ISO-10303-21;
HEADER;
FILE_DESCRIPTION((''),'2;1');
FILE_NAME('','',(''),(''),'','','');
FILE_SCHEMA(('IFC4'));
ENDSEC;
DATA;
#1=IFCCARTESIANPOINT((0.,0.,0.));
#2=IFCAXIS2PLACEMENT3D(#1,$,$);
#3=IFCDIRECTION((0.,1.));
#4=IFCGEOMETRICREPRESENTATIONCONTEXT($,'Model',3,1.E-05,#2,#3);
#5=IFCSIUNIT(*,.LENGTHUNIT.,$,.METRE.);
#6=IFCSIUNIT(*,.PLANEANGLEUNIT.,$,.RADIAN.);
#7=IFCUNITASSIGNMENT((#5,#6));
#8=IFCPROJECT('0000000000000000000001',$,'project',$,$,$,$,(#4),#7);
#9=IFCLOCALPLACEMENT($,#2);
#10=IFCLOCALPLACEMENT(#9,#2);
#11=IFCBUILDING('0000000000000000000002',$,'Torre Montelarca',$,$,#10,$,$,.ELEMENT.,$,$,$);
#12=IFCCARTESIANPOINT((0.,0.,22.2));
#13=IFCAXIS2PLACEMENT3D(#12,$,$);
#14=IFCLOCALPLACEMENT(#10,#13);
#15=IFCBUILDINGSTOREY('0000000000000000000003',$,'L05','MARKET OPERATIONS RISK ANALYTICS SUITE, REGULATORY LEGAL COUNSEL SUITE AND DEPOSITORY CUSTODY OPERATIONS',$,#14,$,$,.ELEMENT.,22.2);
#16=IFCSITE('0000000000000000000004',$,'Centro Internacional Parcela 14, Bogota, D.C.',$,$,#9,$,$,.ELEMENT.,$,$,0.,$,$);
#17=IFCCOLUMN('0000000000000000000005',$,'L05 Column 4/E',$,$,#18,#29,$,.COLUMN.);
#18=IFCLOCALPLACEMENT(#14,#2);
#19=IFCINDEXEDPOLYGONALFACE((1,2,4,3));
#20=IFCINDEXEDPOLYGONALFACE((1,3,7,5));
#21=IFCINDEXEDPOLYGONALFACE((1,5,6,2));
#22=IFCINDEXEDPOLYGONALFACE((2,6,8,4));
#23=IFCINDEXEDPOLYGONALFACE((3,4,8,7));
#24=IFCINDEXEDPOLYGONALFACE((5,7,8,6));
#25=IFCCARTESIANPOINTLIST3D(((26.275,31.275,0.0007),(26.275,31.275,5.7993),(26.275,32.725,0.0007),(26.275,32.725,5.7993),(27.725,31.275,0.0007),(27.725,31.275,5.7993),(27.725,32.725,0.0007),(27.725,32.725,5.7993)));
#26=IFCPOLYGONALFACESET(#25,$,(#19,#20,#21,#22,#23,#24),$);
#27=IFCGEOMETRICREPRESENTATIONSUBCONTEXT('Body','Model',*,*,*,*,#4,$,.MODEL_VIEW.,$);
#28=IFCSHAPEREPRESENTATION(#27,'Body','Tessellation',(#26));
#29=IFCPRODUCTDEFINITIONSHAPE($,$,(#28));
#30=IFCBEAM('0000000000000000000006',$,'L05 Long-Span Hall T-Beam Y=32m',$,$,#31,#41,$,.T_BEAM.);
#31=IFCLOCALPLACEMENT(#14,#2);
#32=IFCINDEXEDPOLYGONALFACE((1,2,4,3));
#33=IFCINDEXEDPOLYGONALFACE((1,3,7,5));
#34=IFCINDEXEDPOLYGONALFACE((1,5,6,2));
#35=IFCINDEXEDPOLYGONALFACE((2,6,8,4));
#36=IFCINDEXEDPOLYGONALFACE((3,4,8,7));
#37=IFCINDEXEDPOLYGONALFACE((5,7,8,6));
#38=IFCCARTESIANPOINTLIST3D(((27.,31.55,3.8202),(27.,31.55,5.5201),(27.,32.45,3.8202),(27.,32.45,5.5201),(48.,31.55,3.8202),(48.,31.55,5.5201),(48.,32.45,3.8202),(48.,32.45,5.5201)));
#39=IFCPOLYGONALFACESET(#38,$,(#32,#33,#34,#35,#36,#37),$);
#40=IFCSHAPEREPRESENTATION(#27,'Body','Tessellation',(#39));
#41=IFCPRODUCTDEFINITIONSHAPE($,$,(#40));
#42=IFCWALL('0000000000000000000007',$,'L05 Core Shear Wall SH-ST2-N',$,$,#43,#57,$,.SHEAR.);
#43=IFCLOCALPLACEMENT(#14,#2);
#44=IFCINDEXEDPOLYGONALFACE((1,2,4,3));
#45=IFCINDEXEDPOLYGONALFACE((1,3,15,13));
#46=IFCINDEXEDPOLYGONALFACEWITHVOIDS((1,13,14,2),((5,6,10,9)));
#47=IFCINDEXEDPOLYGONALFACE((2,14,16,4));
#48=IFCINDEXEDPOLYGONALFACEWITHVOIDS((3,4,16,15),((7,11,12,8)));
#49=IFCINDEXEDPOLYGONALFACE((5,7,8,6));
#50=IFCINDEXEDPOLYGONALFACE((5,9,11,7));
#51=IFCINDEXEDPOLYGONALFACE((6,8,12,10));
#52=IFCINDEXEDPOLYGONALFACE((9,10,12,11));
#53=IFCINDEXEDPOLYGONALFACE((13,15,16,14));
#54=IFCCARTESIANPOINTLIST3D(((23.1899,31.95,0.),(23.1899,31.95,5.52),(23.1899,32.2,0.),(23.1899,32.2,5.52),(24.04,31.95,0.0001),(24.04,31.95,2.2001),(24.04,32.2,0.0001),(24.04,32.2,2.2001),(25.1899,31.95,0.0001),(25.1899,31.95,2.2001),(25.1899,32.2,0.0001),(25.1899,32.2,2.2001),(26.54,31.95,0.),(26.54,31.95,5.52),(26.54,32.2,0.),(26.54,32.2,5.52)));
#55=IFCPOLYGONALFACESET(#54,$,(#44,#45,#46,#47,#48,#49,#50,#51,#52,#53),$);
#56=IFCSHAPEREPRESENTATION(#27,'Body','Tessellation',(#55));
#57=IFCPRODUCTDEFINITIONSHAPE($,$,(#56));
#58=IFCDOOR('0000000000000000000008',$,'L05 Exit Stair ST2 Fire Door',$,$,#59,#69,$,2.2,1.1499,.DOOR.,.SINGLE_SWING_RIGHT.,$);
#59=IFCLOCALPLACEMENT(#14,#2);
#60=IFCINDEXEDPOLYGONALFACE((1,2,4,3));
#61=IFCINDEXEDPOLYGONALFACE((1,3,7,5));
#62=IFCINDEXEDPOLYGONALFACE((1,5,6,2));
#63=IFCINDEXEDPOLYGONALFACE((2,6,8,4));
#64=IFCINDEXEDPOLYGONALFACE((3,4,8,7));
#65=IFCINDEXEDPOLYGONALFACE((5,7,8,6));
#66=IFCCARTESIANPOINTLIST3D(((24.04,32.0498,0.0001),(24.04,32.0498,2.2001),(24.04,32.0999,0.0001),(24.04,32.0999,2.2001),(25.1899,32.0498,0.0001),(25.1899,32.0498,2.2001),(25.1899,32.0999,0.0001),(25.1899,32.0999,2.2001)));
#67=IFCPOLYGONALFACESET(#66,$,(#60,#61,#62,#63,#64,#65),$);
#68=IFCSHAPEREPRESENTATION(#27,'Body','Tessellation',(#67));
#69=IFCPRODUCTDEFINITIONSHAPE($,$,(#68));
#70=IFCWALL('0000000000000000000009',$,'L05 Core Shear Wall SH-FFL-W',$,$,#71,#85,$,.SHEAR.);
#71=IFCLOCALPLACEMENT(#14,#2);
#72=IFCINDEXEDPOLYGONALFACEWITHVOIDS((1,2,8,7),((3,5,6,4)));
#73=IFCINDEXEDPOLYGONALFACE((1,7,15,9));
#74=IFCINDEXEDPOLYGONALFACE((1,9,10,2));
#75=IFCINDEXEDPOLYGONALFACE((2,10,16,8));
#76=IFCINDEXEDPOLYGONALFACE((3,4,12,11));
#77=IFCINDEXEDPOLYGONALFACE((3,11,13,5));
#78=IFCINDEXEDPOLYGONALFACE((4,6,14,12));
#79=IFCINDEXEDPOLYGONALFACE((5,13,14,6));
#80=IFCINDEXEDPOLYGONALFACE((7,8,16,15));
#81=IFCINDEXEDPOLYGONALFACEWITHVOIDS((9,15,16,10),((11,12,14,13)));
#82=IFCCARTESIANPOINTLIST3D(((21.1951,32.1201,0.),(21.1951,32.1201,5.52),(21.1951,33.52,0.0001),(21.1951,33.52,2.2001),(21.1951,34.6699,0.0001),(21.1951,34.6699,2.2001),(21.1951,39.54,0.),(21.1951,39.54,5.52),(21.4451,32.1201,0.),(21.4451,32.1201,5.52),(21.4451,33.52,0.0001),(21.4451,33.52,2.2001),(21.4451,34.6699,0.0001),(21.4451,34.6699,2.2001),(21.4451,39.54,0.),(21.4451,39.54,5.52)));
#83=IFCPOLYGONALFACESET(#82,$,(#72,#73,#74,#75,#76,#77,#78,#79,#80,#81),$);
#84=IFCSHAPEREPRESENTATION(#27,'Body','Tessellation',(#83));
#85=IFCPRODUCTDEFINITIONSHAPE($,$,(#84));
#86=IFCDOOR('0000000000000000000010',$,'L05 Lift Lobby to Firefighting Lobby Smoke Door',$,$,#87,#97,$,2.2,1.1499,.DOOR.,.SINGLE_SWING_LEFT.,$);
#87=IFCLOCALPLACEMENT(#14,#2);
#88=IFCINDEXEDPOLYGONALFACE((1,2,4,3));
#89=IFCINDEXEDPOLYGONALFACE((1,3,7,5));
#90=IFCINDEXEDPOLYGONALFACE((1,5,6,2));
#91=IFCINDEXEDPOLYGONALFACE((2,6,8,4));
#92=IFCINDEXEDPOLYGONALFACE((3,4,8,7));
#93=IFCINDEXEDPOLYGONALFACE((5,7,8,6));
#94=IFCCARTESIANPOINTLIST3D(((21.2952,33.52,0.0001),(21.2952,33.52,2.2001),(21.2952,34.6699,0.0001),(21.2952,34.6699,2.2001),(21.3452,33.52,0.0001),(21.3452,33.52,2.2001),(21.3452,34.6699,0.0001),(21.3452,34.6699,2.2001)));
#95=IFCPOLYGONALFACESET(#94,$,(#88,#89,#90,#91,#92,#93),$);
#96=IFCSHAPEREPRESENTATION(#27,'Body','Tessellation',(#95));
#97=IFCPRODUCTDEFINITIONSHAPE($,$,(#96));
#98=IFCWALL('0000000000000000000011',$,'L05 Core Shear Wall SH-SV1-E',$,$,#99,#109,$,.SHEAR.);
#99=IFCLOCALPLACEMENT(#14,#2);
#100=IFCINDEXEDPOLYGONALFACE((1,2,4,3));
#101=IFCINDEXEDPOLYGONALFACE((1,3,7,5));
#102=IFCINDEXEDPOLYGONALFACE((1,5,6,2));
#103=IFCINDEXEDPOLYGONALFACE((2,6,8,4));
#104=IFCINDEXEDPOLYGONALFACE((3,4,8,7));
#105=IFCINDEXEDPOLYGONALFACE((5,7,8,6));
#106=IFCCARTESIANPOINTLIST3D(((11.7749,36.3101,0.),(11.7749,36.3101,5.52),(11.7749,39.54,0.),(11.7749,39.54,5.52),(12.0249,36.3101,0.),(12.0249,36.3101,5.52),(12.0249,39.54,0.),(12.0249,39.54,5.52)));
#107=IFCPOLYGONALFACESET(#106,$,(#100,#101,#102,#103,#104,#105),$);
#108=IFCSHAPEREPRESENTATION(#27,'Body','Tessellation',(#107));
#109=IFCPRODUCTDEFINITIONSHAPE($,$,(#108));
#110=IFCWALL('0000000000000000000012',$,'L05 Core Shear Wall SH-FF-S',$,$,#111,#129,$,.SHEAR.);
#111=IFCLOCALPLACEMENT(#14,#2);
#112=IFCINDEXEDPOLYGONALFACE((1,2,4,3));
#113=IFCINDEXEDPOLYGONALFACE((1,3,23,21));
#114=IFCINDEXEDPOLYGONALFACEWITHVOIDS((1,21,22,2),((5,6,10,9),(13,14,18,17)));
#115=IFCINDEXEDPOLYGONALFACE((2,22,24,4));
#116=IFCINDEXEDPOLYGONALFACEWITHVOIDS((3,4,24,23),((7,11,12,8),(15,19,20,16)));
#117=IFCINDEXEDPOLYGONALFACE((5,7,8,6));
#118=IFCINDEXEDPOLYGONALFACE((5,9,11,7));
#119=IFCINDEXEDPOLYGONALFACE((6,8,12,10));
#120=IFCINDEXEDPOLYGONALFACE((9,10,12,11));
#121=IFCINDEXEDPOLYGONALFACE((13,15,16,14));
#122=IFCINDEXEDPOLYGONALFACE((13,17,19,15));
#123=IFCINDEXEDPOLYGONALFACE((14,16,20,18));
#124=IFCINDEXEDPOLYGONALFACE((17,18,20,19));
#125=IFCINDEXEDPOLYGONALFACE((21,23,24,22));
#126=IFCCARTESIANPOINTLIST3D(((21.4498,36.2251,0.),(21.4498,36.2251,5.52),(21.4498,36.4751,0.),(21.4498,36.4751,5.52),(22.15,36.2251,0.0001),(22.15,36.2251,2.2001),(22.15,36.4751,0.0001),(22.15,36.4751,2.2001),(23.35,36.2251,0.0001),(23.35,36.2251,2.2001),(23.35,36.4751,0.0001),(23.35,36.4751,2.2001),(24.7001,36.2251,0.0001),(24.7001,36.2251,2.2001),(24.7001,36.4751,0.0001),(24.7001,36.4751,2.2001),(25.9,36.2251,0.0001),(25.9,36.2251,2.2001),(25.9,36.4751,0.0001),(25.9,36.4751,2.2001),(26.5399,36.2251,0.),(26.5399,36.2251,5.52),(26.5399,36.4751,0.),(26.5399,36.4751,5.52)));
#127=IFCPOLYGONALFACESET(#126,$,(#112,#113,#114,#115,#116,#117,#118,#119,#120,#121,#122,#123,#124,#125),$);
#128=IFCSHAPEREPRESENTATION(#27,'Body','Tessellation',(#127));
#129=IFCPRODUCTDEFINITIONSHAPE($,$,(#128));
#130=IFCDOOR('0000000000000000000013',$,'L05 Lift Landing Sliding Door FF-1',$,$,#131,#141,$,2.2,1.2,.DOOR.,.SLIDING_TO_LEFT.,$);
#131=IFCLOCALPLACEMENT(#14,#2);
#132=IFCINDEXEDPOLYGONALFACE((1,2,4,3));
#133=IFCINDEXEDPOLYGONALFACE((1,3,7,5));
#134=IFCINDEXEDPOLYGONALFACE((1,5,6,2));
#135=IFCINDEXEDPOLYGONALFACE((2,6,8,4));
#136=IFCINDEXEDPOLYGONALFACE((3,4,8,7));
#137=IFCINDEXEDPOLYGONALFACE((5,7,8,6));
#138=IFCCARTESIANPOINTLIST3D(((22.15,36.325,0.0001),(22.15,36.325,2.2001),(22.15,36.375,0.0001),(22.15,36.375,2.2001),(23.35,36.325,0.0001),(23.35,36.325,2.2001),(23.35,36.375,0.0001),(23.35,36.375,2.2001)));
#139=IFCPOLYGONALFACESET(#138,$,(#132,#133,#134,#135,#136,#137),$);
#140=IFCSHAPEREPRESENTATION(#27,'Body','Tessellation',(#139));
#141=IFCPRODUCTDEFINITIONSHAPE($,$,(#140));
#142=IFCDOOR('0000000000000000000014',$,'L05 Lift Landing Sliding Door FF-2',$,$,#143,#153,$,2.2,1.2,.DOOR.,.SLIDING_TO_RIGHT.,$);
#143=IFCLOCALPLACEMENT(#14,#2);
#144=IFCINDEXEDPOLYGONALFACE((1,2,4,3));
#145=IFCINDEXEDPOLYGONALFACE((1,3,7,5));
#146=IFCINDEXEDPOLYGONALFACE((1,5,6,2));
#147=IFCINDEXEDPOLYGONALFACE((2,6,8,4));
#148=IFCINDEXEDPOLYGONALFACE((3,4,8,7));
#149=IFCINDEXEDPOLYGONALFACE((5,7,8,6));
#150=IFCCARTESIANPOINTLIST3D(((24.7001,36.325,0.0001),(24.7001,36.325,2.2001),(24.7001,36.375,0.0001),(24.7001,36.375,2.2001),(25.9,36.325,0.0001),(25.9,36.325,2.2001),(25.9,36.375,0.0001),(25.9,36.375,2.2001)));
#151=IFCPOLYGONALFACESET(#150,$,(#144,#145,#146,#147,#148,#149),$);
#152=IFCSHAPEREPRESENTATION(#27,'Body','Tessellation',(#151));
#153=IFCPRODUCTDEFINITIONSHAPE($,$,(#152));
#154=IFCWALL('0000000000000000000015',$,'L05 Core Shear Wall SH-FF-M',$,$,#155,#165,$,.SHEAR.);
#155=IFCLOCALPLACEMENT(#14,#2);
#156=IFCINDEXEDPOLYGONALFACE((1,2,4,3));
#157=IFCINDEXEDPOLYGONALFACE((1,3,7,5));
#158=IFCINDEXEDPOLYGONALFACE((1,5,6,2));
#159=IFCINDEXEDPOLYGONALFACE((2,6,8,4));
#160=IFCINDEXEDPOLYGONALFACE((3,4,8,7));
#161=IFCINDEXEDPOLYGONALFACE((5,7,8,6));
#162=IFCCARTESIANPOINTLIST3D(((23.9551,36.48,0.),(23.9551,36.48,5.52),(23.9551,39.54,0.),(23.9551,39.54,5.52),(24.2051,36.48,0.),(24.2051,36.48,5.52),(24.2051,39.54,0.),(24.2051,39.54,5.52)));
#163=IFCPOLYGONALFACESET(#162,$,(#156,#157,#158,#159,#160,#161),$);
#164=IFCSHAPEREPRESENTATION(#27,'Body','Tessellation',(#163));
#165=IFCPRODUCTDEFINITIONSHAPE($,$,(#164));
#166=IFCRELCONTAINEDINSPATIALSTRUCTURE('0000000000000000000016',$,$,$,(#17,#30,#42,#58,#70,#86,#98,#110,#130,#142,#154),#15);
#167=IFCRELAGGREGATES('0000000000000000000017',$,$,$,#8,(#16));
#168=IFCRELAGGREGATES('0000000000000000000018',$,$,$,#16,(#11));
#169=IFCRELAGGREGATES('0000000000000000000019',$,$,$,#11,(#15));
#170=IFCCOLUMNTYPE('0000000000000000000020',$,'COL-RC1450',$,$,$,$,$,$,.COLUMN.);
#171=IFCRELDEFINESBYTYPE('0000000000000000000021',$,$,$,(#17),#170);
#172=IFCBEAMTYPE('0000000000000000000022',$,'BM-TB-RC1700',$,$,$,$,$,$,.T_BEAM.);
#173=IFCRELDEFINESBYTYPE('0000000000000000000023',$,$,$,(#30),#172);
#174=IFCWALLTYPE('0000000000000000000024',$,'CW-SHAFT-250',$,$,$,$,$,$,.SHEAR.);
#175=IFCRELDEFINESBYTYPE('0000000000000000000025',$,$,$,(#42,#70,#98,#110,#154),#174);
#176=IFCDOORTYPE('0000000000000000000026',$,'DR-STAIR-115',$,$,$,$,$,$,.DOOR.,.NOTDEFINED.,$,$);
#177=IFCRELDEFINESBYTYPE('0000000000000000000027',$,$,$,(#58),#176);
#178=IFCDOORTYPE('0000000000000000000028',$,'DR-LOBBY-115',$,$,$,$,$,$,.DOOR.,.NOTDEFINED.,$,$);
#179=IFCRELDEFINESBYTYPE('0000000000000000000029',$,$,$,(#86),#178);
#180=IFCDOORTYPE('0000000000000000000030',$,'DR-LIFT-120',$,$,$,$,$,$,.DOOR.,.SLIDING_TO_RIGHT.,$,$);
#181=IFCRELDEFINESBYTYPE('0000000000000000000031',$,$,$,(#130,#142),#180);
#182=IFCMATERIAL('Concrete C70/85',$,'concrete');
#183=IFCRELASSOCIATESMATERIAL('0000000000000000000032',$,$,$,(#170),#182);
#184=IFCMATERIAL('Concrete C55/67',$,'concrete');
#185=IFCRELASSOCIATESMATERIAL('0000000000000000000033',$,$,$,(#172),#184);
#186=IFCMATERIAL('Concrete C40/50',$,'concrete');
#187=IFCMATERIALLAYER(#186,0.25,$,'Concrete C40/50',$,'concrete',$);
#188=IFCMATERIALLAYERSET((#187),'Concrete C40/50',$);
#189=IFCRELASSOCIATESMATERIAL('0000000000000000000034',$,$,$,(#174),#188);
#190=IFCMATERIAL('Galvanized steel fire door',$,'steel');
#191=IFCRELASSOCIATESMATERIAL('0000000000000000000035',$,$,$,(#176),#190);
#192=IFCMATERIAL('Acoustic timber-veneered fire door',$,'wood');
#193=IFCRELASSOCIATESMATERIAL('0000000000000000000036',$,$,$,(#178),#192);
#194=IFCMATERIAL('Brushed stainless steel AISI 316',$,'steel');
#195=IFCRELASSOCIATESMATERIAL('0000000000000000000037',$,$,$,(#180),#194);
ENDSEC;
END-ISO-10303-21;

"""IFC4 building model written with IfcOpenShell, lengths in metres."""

from ifc_helpers import new_model, si_unit, direction, frame, frame_2d, origin, origin_2d, place, context, subcontext, project, spatial, rectangle, extrude, source, transform, mapped, material, layer, layer_set, material_profile, profile_set, type_object, element, fill, save


model = new_model("IFC4")

# Units and contexts
model_context = context("Model", 3, precision=1e-05, world=origin(), true_north=direction((0.0, 1.0)))
body_context = subcontext(model_context, "Body", "Model", "MODEL_VIEW")
ifc_project = project(units=[si_unit("LENGTHUNIT", "METRE"), si_unit("PLANEANGLEUNIT", "RADIAN")], contexts=[model_context])

# Site, building, storey
site_placement = place(None, origin())
site = spatial("IfcSite", under=ifc_project, at=site_placement, Name="Centro Internacional Parcela 14, Bogota, D.C.", CompositionType="ELEMENT", RefElevation=0.0)
building_placement = place(site_placement, origin())
building = spatial("IfcBuilding", under=site, at=building_placement, Name="Torre Montelarca", CompositionType="ELEMENT")
storey_placement = place(building_placement, frame((0.0, 0.0, 22.2)))
storey = spatial("IfcBuildingStorey", under=building, at=storey_placement, Name="L05", Description="MARKET OPERATIONS RISK ANALYTICS SUITE, REGULATORY LEGAL COUNSEL SUITE AND DEPOSITORY CUSTODY OPERATIONS", CompositionType="ELEMENT", Elevation=22.2)

# Column
ifc_material_1 = material(Name="Concrete C70/85", Category="concrete")
ifc_material_profile_1 = material_profile(ifc_material_1, rectangle(XDim=1.45, YDim=1.45, at=origin_2d()), Name="RC1450X1450", Category="concrete")
ifc_profile_set_1 = profile_set([ifc_material_profile_1], Name="Concrete C70/85")
column_type = type_object("IfcColumnType", Name="COL-RC1450", PredefinedType="COLUMN", material=ifc_profile_set_1)
shared_shape_1 = source(origin(), body_context, "Body", "SweptSolid", [
    extrude(rectangle(XDim=1.45, YDim=1.45, at=origin_2d()), origin(), (0.0, 0.0, 1.0), 5.7986),
])
column_placement = place(storey_placement, frame((27.0, 32.0, 0.0007), z_axis=(0.0, 0.0, 1.0), x_axis=(1.0, 0.0, 0.0)))
element("IfcColumn", 1, at=column_placement, inside=storey, type_object=column_type, Name="L05 Column 4/E", PredefinedType="COLUMN", context=body_context, shape_type="MappedRepresentation", body=[
    mapped(shared_shape_1, transform((0.0, 0.0, 0.0), scale=1.0)),
])

# Beam
ifc_material_2 = material(Name="Concrete C55/67", Category="concrete")
ifc_material_profile_2 = material_profile(ifc_material_2, rectangle(XDim=0.8999, YDim=1.7, at=origin_2d()), Name="RCB900X1700", Category="concrete")
ifc_profile_set_2 = profile_set([ifc_material_profile_2], Name="Concrete C55/67")
beam_type = type_object("IfcBeamType", Name="BM-TB-RC1700", PredefinedType="T_BEAM", material=ifc_profile_set_2)
shared_shape_2 = source(origin(), body_context, "Body", "SweptSolid", [
    extrude(rectangle(XDim=0.8999, YDim=1.7, at=origin_2d()), origin(), (0.0, 0.0, 1.0), 21.0),
])
beam_placement = place(storey_placement, frame((27.0, 32.0, 4.6702), z_axis=(1.0, 0.0, 0.0), x_axis=(0.0, 1.0, 0.0)))
element("IfcBeam", 2, at=beam_placement, inside=storey, type_object=beam_type, Name="L05 Long-Span Hall T-Beam Y=32m", PredefinedType="T_BEAM", context=body_context, shape_type="MappedRepresentation", body=[
    mapped(shared_shape_2, transform((0.0, 0.0, 0.0), scale=1.0)),
])

# Walls, openings, doors
ifc_material_3 = material(Name="Concrete C40/50", Category="concrete")
ifc_layer_1 = layer(ifc_material_3, 0.25, Name="Concrete C40/50", Category="concrete")
ifc_layer_set_1 = layer_set([ifc_layer_1], Name="Concrete C40/50")
wall_type_1 = type_object("IfcWallType", Name="CW-SHAFT-250", PredefinedType="SHEAR", material=ifc_layer_set_1)
wall_1_placement = place(storey_placement, frame((23.1899, 32.075, 0.0), z_axis=(0.0, 0.0, 1.0), x_axis=(1.0, 0.0, 0.0)))
wall_1 = element("IfcWall", 3, at=wall_1_placement, inside=storey, type_object=wall_type_1, Name="L05 Core Shear Wall SH-ST2-N", PredefinedType="SHEAR", context=body_context, shape_type="SweptSolid", body=[
    extrude(rectangle(XDim=3.3501, YDim=0.25, at=frame_2d((1.675, 0.0))), origin(), (0.0, 0.0, 1.0), 5.52),
])
opening_1_placement = place(wall_1_placement, frame((0.8501, 0.0, 0.0)))
opening_1 = element("IfcOpeningElement", 4, at=opening_1_placement, cuts=wall_1, PredefinedType="OPENING", context=body_context, shape_type="SweptSolid", body=[
    extrude(rectangle(XDim=1.1499, YDim=2.2, at=frame_2d((0.575, 1.1001))), frame((0.0, 0.135, 0.0), z_axis=(0.0, -1.0, 0.0), x_axis=(1.0, 0.0, 0.0)), (0.0, 0.0, 1.0), 0.27),
])
ifc_material_4 = material(Name="Galvanized steel fire door", Category="steel")
door_type_1 = type_object("IfcDoorType", Name="DR-STAIR-115", OperationType="NOTDEFINED", PredefinedType="DOOR", material=ifc_material_4)
shared_shape_3 = source(origin(), body_context, "Body", "SweptSolid", [
    extrude(rectangle(XDim=1.1499, YDim=2.2, at=frame_2d((0.575, 1.1001))), frame((0.0, 0.0249, 0.0), z_axis=(0.0, -1.0, 0.0), x_axis=(1.0, 0.0, 0.0)), (0.0, 0.0, 1.0), 0.05),
])
door_1_placement = place(opening_1_placement, origin())
door_1 = element("IfcDoor", 5, at=door_1_placement, inside=storey, type_object=door_type_1, Name="L05 Exit Stair ST2 Fire Door", OperationType="SINGLE_SWING_RIGHT", OverallHeight=2.2, OverallWidth=1.1499, PredefinedType="DOOR", context=body_context, shape_type="MappedRepresentation", body=[
    mapped(shared_shape_3, transform((0.0, 0.0, 0.0), scale=1.0)),
])
fill(opening_1, door_1)
wall_2_placement = place(storey_placement, frame((21.3201, 32.1201, 0.0), z_axis=(0.0, 0.0, 1.0), x_axis=(0.0, 1.0, 0.0)))
wall_2 = element("IfcWall", 6, at=wall_2_placement, inside=storey, type_object=wall_type_1, Name="L05 Core Shear Wall SH-FFL-W", PredefinedType="SHEAR", context=body_context, shape_type="SweptSolid", body=[
    extrude(rectangle(XDim=7.4199, YDim=0.25, at=frame_2d((3.71, 0.0))), origin(), (0.0, 0.0, 1.0), 5.52),
])
opening_2_placement = place(wall_2_placement, frame((1.3999, 0.0, 0.0)))
opening_2 = element("IfcOpeningElement", 7, at=opening_2_placement, cuts=wall_2, PredefinedType="OPENING", context=body_context, shape_type="SweptSolid", body=[
    extrude(rectangle(XDim=1.1499, YDim=2.2, at=frame_2d((0.575, 1.1001))), frame((0.0, 0.135, 0.0), z_axis=(0.0, -1.0, 0.0), x_axis=(1.0, 0.0, 0.0)), (0.0, 0.0, 1.0), 0.27),
])
ifc_material_5 = material(Name="Acoustic timber-veneered fire door", Category="wood")
door_type_2 = type_object("IfcDoorType", Name="DR-LOBBY-115", OperationType="NOTDEFINED", PredefinedType="DOOR", material=ifc_material_5)
shared_shape_4 = source(origin(), body_context, "Body", "SweptSolid", [
    extrude(rectangle(XDim=1.1499, YDim=2.2, at=frame_2d((0.575, 1.1001))), frame((0.0, 0.0249, 0.0), z_axis=(0.0, -1.0, 0.0), x_axis=(1.0, 0.0, 0.0)), (0.0, 0.0, 1.0), 0.05),
])
door_2_placement = place(opening_2_placement, origin())
door_2 = element("IfcDoor", 8, at=door_2_placement, inside=storey, type_object=door_type_2, Name="L05 Lift Lobby to Firefighting Lobby Smoke Door", OperationType="SINGLE_SWING_LEFT", OverallHeight=2.2, OverallWidth=1.1499, PredefinedType="DOOR", context=body_context, shape_type="MappedRepresentation", body=[
    mapped(shared_shape_4, transform((0.0, 0.0, 0.0), scale=1.0)),
])
fill(opening_2, door_2)

# Wall
wall_3_placement = place(storey_placement, frame((11.8999, 36.3101, 0.0), z_axis=(0.0, 0.0, 1.0), x_axis=(0.0, 1.0, 0.0)))
element("IfcWall", 9, at=wall_3_placement, inside=storey, type_object=wall_type_1, Name="L05 Core Shear Wall SH-SV1-E", PredefinedType="SHEAR", context=body_context, shape_type="SweptSolid", body=[
    extrude(rectangle(XDim=3.23, YDim=0.25, at=frame_2d((1.615, 0.0))), origin(), (0.0, 0.0, 1.0), 5.52),
])

# Wall, openings, doors
wall_4_placement = place(storey_placement, frame((21.45, 36.3501, 0.0), z_axis=(0.0, 0.0, 1.0), x_axis=(1.0, 0.0, 0.0)))
wall_4 = element("IfcWall", 10, at=wall_4_placement, inside=storey, type_object=wall_type_1, Name="L05 Core Shear Wall SH-FF-S", PredefinedType="SHEAR", context=body_context, shape_type="SweptSolid", body=[
    extrude(rectangle(XDim=5.0901, YDim=0.25, at=frame_2d((2.5449, 0.0))), origin(), (0.0, 0.0, 1.0), 5.52),
])
opening_3_placement = place(wall_4_placement, frame((0.7, 0.0, 0.0)))
opening_3 = element("IfcOpeningElement", 11, at=opening_3_placement, cuts=wall_4, PredefinedType="OPENING", context=body_context, shape_type="SweptSolid", body=[
    extrude(rectangle(XDim=1.2, YDim=2.2, at=frame_2d((0.6001, 1.1001))), frame((0.0, 0.135, 0.0), z_axis=(0.0, -1.0, 0.0), x_axis=(1.0, 0.0, 0.0)), (0.0, 0.0, 1.0), 0.27),
])
opening_4_placement = place(wall_4_placement, frame((3.25, 0.0, 0.0)))
opening_4 = element("IfcOpeningElement", 12, at=opening_4_placement, cuts=wall_4, PredefinedType="OPENING", context=body_context, shape_type="SweptSolid", body=[
    extrude(rectangle(XDim=1.2, YDim=2.2, at=frame_2d((0.6001, 1.1001))), frame((0.0, 0.135, 0.0), z_axis=(0.0, -1.0, 0.0), x_axis=(1.0, 0.0, 0.0)), (0.0, 0.0, 1.0), 0.27),
])
ifc_material_6 = material(Name="Brushed stainless steel AISI 316", Category="steel")
door_type_3 = type_object("IfcDoorType", Name="DR-LIFT-120", OperationType="SLIDING_TO_RIGHT", PredefinedType="DOOR", material=ifc_material_6)
shared_shape_5 = source(origin(), body_context, "Body", "SweptSolid", [
    extrude(rectangle(XDim=1.2, YDim=2.2, at=frame_2d((0.6001, 1.1001))), frame((0.0, 0.0249, 0.0), z_axis=(0.0, -1.0, 0.0), x_axis=(1.0, 0.0, 0.0)), (0.0, 0.0, 1.0), 0.05),
])
door_3_placement = place(opening_3_placement, origin())
door_3 = element("IfcDoor", 13, at=door_3_placement, inside=storey, type_object=door_type_3, Name="L05 Lift Landing Sliding Door FF-1", OperationType="SLIDING_TO_LEFT", OverallHeight=2.2, OverallWidth=1.2, PredefinedType="DOOR", context=body_context, shape_type="MappedRepresentation", body=[
    mapped(shared_shape_5, transform((0.0, 0.0, 0.0), scale=1.0)),
])
fill(opening_3, door_3)
door_4_placement = place(opening_4_placement, origin())
door_4 = element("IfcDoor", 14, at=door_4_placement, inside=storey, type_object=door_type_3, Name="L05 Lift Landing Sliding Door FF-2", OperationType="SLIDING_TO_RIGHT", OverallHeight=2.2, OverallWidth=1.2, PredefinedType="DOOR", context=body_context, shape_type="MappedRepresentation", body=[
    mapped(shared_shape_5, transform((0.0, 0.0, 0.0), scale=1.0)),
])
fill(opening_4, door_4)

# Wall
wall_5_placement = place(storey_placement, frame((24.0801, 36.48, 0.0), z_axis=(0.0, 0.0, 1.0), x_axis=(0.0, 1.0, 0.0)))
element("IfcWall", 15, at=wall_5_placement, inside=storey, type_object=wall_type_1, Name="L05 Core Shear Wall SH-FF-M", PredefinedType="SHEAR", context=body_context, shape_type="SweptSolid", body=[
    extrude(rectangle(XDim=3.0601, YDim=0.25, at=frame_2d((1.53, 0.0))), origin(), (0.0, 0.0, 1.0), 5.52),
])

save(model, "model.ifc")
